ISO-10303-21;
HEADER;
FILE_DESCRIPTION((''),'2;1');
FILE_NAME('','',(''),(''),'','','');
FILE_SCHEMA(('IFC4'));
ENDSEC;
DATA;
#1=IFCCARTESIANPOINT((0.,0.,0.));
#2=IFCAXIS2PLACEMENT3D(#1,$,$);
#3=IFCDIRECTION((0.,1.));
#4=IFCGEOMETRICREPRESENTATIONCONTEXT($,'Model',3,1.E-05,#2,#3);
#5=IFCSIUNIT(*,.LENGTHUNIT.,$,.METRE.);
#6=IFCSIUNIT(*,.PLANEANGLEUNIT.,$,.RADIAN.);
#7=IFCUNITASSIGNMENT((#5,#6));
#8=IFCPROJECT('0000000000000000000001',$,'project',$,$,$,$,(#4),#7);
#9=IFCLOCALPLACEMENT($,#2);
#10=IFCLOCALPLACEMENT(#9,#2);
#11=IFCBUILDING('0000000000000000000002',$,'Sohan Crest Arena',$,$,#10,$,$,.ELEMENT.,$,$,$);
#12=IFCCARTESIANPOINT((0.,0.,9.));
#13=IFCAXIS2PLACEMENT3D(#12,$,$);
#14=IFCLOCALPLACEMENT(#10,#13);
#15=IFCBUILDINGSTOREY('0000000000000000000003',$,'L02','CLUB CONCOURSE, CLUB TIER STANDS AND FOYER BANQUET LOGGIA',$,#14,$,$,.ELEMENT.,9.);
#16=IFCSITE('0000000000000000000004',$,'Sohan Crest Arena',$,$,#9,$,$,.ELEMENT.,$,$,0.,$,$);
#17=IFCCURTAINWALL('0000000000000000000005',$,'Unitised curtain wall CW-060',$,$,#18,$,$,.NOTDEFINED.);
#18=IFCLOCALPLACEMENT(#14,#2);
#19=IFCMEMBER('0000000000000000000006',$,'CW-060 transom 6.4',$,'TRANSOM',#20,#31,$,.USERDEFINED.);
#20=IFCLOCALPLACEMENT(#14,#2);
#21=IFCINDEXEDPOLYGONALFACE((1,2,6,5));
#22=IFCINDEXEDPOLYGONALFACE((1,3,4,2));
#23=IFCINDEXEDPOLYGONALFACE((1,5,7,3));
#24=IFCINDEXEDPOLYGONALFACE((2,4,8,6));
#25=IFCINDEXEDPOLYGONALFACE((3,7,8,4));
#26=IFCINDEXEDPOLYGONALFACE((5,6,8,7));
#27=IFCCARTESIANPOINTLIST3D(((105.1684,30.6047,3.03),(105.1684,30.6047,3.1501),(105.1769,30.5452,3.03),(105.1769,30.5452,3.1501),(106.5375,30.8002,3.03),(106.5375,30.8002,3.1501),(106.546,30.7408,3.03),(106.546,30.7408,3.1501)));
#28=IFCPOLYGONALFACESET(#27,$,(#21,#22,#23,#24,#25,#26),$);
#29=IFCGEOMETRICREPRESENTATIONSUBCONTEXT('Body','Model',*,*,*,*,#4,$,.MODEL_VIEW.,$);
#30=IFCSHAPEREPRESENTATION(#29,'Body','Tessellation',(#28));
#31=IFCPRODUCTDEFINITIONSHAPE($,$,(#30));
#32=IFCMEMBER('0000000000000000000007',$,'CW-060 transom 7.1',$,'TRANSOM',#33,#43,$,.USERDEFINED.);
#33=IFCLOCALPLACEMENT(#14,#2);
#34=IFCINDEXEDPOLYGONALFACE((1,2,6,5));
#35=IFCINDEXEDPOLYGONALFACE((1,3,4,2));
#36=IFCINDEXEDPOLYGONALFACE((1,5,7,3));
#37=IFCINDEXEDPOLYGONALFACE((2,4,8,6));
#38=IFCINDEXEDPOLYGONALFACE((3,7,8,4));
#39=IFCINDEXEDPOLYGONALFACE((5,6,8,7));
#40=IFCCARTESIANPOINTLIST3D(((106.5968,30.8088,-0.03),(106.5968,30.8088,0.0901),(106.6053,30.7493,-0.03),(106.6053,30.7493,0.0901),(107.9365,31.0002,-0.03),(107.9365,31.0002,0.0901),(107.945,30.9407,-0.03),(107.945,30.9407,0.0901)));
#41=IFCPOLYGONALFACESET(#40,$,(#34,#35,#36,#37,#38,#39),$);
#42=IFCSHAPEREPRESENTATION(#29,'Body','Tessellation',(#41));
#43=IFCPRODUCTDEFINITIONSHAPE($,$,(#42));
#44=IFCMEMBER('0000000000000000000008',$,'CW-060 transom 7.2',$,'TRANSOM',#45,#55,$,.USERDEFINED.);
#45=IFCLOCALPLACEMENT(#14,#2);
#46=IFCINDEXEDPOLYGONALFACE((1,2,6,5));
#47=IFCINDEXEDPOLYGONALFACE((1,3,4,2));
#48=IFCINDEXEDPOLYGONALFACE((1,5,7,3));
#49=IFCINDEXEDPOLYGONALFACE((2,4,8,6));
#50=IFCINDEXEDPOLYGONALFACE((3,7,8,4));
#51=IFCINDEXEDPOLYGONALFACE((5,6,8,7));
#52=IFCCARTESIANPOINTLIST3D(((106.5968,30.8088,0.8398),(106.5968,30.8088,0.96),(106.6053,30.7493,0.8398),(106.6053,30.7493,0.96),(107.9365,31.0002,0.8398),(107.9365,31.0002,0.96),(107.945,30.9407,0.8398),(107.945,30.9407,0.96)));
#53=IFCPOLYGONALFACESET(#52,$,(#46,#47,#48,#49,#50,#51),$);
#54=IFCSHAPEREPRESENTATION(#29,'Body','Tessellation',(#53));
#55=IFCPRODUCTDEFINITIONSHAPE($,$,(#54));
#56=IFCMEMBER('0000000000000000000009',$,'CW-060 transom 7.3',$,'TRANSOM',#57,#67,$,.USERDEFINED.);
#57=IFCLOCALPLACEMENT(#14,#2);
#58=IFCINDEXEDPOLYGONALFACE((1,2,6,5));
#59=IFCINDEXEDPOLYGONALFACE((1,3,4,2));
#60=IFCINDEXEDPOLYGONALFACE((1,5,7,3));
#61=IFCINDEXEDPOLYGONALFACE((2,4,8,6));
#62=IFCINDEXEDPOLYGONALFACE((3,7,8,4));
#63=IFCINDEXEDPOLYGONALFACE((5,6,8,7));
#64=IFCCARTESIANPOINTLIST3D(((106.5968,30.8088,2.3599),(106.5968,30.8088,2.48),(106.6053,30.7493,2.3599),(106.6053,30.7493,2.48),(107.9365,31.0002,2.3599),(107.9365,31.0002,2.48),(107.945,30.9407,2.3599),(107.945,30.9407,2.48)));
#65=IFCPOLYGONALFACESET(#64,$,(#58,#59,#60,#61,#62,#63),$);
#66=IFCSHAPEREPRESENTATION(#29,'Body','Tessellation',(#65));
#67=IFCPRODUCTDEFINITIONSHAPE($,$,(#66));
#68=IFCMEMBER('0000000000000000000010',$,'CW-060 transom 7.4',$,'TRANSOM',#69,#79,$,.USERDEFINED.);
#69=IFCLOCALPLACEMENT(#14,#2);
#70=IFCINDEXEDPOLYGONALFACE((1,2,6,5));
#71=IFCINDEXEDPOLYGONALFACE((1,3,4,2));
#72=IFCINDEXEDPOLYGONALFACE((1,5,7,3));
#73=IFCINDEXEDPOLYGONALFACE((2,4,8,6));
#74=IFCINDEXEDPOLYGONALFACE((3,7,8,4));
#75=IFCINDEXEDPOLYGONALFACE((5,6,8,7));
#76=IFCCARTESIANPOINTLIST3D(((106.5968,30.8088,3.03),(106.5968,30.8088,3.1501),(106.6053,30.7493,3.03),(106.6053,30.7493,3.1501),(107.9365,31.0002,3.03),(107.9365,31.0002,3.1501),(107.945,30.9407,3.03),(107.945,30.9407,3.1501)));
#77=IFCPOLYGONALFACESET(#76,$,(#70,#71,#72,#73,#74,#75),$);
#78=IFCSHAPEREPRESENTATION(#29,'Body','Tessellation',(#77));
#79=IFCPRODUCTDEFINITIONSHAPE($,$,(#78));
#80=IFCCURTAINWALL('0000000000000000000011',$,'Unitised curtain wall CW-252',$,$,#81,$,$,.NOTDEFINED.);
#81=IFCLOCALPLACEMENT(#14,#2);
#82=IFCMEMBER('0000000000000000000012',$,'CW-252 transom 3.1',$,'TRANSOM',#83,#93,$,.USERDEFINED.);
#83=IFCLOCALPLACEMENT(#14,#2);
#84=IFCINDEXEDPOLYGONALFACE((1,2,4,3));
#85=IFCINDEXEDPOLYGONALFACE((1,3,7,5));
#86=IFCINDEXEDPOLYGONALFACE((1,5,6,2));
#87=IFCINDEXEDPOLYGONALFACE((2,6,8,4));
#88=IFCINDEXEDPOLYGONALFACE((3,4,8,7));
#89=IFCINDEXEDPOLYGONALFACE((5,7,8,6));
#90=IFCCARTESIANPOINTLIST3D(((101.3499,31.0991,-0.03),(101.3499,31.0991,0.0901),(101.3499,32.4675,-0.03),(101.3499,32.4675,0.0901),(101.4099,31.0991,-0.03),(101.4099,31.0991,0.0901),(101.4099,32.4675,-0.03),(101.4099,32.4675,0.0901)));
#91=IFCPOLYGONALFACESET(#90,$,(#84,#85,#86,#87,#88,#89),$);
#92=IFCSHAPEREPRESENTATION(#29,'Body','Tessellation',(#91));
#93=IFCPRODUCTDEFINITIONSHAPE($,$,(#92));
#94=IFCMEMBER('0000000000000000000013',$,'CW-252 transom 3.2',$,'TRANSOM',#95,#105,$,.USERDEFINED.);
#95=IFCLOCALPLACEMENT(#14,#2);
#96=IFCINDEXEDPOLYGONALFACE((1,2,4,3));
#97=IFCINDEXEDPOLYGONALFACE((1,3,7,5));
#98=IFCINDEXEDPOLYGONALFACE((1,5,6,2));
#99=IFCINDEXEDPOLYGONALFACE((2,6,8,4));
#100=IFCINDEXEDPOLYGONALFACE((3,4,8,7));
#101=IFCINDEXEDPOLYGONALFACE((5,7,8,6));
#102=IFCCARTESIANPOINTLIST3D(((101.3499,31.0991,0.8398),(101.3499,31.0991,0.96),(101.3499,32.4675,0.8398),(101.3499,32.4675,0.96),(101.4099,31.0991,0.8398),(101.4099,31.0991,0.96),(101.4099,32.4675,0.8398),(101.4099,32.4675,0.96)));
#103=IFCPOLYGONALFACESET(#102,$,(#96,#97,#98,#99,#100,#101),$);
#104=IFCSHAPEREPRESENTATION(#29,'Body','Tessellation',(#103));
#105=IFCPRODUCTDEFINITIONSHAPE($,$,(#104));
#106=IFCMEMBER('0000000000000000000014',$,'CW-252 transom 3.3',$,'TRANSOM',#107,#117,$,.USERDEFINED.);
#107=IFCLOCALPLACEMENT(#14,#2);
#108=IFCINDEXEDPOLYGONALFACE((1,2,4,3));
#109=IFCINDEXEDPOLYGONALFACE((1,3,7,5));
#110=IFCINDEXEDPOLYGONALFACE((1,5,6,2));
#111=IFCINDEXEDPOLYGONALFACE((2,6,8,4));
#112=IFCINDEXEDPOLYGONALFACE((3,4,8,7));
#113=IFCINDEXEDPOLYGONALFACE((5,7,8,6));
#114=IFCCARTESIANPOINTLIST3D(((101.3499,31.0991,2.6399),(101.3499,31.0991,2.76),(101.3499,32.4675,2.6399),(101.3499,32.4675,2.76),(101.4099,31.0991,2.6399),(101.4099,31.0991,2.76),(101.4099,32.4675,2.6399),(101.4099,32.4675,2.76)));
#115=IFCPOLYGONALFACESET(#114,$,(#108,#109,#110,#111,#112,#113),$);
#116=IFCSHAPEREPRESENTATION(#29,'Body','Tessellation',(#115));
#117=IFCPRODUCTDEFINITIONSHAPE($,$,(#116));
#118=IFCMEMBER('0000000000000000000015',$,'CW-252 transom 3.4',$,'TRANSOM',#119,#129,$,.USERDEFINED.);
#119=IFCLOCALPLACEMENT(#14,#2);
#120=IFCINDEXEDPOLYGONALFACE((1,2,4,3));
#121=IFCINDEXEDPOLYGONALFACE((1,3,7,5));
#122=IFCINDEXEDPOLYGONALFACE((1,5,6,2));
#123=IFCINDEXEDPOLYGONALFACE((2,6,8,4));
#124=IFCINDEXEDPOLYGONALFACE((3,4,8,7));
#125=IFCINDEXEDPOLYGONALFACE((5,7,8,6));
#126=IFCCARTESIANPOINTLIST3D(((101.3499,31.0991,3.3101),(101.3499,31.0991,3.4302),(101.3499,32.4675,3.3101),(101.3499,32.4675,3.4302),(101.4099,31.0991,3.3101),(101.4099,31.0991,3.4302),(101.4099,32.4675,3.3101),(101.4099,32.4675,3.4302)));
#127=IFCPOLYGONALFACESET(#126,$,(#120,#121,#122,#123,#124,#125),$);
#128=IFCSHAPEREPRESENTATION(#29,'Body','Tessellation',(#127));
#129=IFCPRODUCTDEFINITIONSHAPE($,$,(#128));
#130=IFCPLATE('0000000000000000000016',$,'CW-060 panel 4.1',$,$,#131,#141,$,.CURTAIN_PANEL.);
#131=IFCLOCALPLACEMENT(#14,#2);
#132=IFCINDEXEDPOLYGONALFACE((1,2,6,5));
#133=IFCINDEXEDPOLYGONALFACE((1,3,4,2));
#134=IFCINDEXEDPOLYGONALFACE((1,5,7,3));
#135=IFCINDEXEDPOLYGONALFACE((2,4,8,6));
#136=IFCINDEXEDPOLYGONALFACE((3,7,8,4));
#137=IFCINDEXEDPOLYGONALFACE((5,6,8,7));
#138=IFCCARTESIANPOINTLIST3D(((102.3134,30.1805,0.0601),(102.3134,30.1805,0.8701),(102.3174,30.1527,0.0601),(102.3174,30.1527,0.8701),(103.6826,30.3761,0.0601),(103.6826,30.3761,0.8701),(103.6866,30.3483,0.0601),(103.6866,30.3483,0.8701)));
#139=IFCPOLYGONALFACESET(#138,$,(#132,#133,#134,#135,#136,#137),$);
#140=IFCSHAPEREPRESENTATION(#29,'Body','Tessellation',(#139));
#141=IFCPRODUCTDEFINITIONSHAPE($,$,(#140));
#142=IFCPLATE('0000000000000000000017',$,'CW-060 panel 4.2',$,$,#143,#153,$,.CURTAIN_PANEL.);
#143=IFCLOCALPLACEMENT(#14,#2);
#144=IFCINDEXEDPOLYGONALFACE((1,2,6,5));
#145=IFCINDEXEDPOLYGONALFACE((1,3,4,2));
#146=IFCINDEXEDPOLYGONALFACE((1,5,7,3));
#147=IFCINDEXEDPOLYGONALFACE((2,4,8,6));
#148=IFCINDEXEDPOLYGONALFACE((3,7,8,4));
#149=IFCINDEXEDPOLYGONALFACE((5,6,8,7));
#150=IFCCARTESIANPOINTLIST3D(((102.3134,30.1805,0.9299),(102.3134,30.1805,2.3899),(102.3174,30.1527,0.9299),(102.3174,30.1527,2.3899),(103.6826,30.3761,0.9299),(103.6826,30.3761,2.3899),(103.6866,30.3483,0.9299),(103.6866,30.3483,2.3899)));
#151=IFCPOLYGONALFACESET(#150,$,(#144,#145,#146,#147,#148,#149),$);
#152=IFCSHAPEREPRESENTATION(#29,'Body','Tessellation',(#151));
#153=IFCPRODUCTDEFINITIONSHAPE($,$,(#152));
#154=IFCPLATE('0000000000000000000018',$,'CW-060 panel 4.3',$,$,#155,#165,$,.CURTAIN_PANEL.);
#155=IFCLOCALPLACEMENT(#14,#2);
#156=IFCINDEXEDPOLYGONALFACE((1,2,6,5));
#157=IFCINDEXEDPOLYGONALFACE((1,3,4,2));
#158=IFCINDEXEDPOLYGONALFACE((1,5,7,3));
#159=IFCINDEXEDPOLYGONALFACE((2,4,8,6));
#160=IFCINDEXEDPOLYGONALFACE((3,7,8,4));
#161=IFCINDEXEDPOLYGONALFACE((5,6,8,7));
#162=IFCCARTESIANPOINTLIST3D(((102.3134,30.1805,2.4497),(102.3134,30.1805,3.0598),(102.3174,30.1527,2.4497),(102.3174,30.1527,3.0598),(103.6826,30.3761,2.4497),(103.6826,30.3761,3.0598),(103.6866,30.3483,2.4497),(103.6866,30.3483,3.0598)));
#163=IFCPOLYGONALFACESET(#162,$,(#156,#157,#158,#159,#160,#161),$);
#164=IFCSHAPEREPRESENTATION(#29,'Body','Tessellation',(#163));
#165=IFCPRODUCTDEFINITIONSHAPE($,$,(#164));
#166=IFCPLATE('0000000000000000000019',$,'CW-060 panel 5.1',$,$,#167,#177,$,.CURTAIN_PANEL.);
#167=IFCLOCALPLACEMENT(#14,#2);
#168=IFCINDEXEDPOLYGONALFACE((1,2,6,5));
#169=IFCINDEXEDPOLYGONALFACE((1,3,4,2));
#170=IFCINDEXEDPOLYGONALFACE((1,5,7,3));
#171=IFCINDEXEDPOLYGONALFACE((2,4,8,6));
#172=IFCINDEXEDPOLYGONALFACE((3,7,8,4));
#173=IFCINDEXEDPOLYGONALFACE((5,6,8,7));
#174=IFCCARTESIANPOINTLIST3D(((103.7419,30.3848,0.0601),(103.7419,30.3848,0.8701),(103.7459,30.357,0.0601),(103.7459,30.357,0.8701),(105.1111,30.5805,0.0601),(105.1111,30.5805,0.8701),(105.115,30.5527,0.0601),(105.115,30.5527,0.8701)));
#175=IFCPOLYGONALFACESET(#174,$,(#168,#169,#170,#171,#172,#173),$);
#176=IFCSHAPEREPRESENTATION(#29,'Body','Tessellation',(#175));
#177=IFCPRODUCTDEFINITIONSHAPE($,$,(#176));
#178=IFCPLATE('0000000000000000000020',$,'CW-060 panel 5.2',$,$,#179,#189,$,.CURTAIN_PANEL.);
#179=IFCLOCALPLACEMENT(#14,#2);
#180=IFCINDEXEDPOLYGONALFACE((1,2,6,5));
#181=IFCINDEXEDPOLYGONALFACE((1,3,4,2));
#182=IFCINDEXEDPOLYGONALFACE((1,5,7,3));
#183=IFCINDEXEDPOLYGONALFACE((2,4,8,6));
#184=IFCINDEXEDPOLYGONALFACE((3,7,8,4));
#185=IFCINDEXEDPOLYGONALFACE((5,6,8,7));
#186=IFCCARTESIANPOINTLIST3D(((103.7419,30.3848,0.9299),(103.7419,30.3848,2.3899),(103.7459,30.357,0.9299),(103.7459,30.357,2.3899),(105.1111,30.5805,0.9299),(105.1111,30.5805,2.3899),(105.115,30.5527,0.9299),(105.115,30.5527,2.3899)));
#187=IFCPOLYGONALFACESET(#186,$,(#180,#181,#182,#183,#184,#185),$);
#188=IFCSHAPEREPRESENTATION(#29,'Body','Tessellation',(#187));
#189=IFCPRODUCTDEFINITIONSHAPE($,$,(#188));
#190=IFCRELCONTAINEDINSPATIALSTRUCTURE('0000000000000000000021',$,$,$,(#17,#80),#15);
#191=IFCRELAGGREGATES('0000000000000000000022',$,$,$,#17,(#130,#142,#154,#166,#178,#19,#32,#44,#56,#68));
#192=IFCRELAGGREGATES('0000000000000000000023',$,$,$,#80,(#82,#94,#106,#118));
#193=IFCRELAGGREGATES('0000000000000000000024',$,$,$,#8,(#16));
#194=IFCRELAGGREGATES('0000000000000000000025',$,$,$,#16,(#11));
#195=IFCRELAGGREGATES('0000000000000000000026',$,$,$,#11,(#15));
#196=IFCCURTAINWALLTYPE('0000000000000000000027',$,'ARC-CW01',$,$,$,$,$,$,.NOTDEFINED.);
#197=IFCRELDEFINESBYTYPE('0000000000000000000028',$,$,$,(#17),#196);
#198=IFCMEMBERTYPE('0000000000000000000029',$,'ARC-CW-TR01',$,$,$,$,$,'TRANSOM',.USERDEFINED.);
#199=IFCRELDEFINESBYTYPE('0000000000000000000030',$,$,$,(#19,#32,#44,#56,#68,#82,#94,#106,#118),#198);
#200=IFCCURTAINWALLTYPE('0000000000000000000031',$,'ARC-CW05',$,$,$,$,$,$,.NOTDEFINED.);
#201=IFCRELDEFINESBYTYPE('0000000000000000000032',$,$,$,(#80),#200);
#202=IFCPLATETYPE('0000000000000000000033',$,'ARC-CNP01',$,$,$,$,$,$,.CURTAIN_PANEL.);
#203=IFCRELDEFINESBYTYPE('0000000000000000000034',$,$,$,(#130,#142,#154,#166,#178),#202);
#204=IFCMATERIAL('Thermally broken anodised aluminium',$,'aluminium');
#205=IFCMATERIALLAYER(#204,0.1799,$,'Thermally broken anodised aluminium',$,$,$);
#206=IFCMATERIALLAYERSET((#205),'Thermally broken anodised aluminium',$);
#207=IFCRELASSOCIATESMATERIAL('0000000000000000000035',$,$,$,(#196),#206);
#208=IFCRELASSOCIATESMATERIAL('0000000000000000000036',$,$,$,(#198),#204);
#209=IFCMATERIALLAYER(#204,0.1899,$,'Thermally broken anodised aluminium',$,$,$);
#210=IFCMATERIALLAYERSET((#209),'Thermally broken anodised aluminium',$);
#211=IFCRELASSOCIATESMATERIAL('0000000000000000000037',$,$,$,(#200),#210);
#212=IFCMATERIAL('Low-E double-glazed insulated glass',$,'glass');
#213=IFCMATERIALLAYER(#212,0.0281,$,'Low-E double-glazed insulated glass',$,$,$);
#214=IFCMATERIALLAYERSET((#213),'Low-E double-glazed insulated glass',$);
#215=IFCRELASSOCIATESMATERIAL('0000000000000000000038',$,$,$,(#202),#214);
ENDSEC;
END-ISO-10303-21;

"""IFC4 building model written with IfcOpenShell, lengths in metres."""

from ifc_helpers import new_model, si_unit, direction, frame, origin, origin_2d, place, context, subcontext, project, spatial, rectangle, extrude, material, layer, layer_set, material_profile, profile_set, type_object, element, aggregate, save


model = new_model("IFC4")

# Units and contexts
model_context = context("Model", 3, precision=1e-05, world=origin(), true_north=direction((0.0, 1.0)))
body_context = subcontext(model_context, "Body", "Model", "MODEL_VIEW")
ifc_project = project(units=[si_unit("LENGTHUNIT", "METRE"), si_unit("PLANEANGLEUNIT", "RADIAN")], contexts=[model_context])

# Site, building, storey
site_placement = place(None, origin())
site = spatial("IfcSite", under=ifc_project, at=site_placement, Name="Sohan Crest Arena", CompositionType="ELEMENT", RefElevation=0.0)
building_placement = place(site_placement, origin())
building = spatial("IfcBuilding", under=site, at=building_placement, Name="Sohan Crest Arena", CompositionType="ELEMENT")
storey_placement = place(building_placement, frame((0.0, 0.0, 9.0)))
storey = spatial("IfcBuildingStorey", under=building, at=storey_placement, Name="L02", Description="CLUB CONCOURSE, CLUB TIER STANDS AND FOYER BANQUET LOGGIA", CompositionType="ELEMENT", Elevation=9.0)

# Curtain walls, members
ifc_material_1 = material(Name="Thermally broken anodised aluminium", Category="aluminium")
ifc_layer_1 = layer(ifc_material_1, 0.1799, Name="Thermally broken anodised aluminium")
ifc_layer_set_1 = layer_set([ifc_layer_1], Name="Thermally broken anodised aluminium")
curtain_wall_type_1 = type_object("IfcCurtainWallType", Name="ARC-CW01", PredefinedType="NOTDEFINED", material=ifc_layer_set_1)
curtain_wall_1_placement = place(storey_placement, origin())
curtain_wall_1 = element("IfcCurtainWall", 1, at=curtain_wall_1_placement, inside=storey, type_object=curtain_wall_type_1, Name="Unitised curtain wall CW-060", PredefinedType="NOTDEFINED")
ifc_material_profile_1 = material_profile(ifc_material_1, rectangle(XDim=0.0601, YDim=0.1201, at=origin_2d()), Name="ALU-TRAN 60x120")
ifc_profile_set_1 = profile_set([ifc_material_profile_1], Name="Thermally broken anodised aluminium")
member_type_1 = type_object("IfcMemberType", Name="ARC-CW-TR01", ElementType="TRANSOM", PredefinedType="USERDEFINED", material=ifc_profile_set_1)
member_1_placement = place(storey_placement, frame((105.1726, 30.575, 3.0901), z_axis=(0.989953, 0.141397, 0.0), x_axis=(-0.141397, 0.989953, 0.0)))
member_1 = element("IfcMember", 2, at=member_1_placement, type_object=member_type_1, Name="CW-060 transom 6.4", ObjectType="TRANSOM", PredefinedType="USERDEFINED", context=body_context, shape_type="SweptSolid", body=[
    extrude(rectangle(XDim=0.0601, YDim=0.1201, at=origin_2d()), origin(), (0.0, 0.0, 1.0), 1.3831),
])
member_2_placement = place(storey_placement, frame((106.6011, 30.7791, 0.03), z_axis=(0.989946, 0.141447, 0.0), x_axis=(-0.141447, 0.989946, 0.0)))
member_2 = element("IfcMember", 3, at=member_2_placement, type_object=member_type_1, Name="CW-060 transom 7.1", ObjectType="TRANSOM", PredefinedType="USERDEFINED", context=body_context, shape_type="SweptSolid", body=[
    extrude(rectangle(XDim=0.0601, YDim=0.1201, at=origin_2d()), origin(), (0.0, 0.0, 1.0), 1.3533),
])
member_3_placement = place(storey_placement, frame((106.6011, 30.7791, 0.8999), z_axis=(0.989946, 0.141447, 0.0), x_axis=(-0.141447, 0.989946, 0.0)))
member_3 = element("IfcMember", 4, at=member_3_placement, type_object=member_type_1, Name="CW-060 transom 7.2", ObjectType="TRANSOM", PredefinedType="USERDEFINED", context=body_context, shape_type="SweptSolid", body=[
    extrude(rectangle(XDim=0.0601, YDim=0.1201, at=origin_2d()), origin(), (0.0, 0.0, 1.0), 1.3533),
])
member_4_placement = place(storey_placement, frame((106.6011, 30.7791, 2.4199), z_axis=(0.989946, 0.141447, 0.0), x_axis=(-0.141447, 0.989946, 0.0)))
member_4 = element("IfcMember", 5, at=member_4_placement, type_object=member_type_1, Name="CW-060 transom 7.3", ObjectType="TRANSOM", PredefinedType="USERDEFINED", context=body_context, shape_type="SweptSolid", body=[
    extrude(rectangle(XDim=0.0601, YDim=0.1201, at=origin_2d()), origin(), (0.0, 0.0, 1.0), 1.3533),
])
member_5_placement = place(storey_placement, frame((106.6011, 30.7791, 3.0901), z_axis=(0.989946, 0.141447, 0.0), x_axis=(-0.141447, 0.989946, 0.0)))
member_5 = element("IfcMember", 6, at=member_5_placement, type_object=member_type_1, Name="CW-060 transom 7.4", ObjectType="TRANSOM", PredefinedType="USERDEFINED", context=body_context, shape_type="SweptSolid", body=[
    extrude(rectangle(XDim=0.0601, YDim=0.1201, at=origin_2d()), origin(), (0.0, 0.0, 1.0), 1.3533),
])
ifc_layer_2 = layer(ifc_material_1, 0.1899, Name="Thermally broken anodised aluminium")
ifc_layer_set_2 = layer_set([ifc_layer_2], Name="Thermally broken anodised aluminium")
curtain_wall_type_2 = type_object("IfcCurtainWallType", Name="ARC-CW05", PredefinedType="NOTDEFINED", material=ifc_layer_set_2)
curtain_wall_2_placement = place(storey_placement, origin())
curtain_wall_2 = element("IfcCurtainWall", 7, at=curtain_wall_2_placement, inside=storey, type_object=curtain_wall_type_2, Name="Unitised curtain wall CW-252", PredefinedType="NOTDEFINED")
member_6_placement = place(storey_placement, frame((101.3799, 31.0991, 0.03), z_axis=(0.0, 1.0, 0.0), x_axis=(-1.0, 0.0, 0.0)))
member_6 = element("IfcMember", 8, at=member_6_placement, type_object=member_type_1, Name="CW-252 transom 3.1", ObjectType="TRANSOM", PredefinedType="USERDEFINED", context=body_context, shape_type="SweptSolid", body=[
    extrude(rectangle(XDim=0.0601, YDim=0.1201, at=origin_2d()), origin(), (0.0, 0.0, 1.0), 1.3684),
])
member_7_placement = place(storey_placement, frame((101.3799, 31.0991, 0.8999), z_axis=(0.0, 1.0, 0.0), x_axis=(-1.0, 0.0, 0.0)))
member_7 = element("IfcMember", 9, at=member_7_placement, type_object=member_type_1, Name="CW-252 transom 3.2", ObjectType="TRANSOM", PredefinedType="USERDEFINED", context=body_context, shape_type="SweptSolid", body=[
    extrude(rectangle(XDim=0.0601, YDim=0.1201, at=origin_2d()), origin(), (0.0, 0.0, 1.0), 1.3684),
])
member_8_placement = place(storey_placement, frame((101.3799, 31.0991, 2.7), z_axis=(0.0, 1.0, 0.0), x_axis=(-1.0, 0.0, 0.0)))
member_8 = element("IfcMember", 10, at=member_8_placement, type_object=member_type_1, Name="CW-252 transom 3.3", ObjectType="TRANSOM", PredefinedType="USERDEFINED", context=body_context, shape_type="SweptSolid", body=[
    extrude(rectangle(XDim=0.0601, YDim=0.1201, at=origin_2d()), origin(), (0.0, 0.0, 1.0), 1.3684),
])
member_9_placement = place(storey_placement, frame((101.3799, 31.0991, 3.3701), z_axis=(0.0, 1.0, 0.0), x_axis=(-1.0, 0.0, 0.0)))
member_9 = element("IfcMember", 11, at=member_9_placement, type_object=member_type_1, Name="CW-252 transom 3.4", ObjectType="TRANSOM", PredefinedType="USERDEFINED", context=body_context, shape_type="SweptSolid", body=[
    extrude(rectangle(XDim=0.0601, YDim=0.1201, at=origin_2d()), origin(), (0.0, 0.0, 1.0), 1.3684),
])

# Plates
ifc_material_2 = material(Name="Low-E double-glazed insulated glass", Category="glass")
ifc_layer_3 = layer(ifc_material_2, 0.0281, Name="Low-E double-glazed insulated glass")
ifc_layer_set_3 = layer_set([ifc_layer_3], Name="Low-E double-glazed insulated glass")
plate_type = type_object("IfcPlateType", Name="ARC-CNP01", PredefinedType="CURTAIN_PANEL", material=ifc_layer_set_3)
plate_1_placement = place(storey_placement, frame((103.0, 30.2644, 0.0601), z_axis=(0.0, 0.0, 1.0), x_axis=(0.989944, 0.141463, 0.0)))
plate_1 = element("IfcPlate", 12, at=plate_1_placement, type_object=plate_type, Name="CW-060 panel 4.1", PredefinedType="CURTAIN_PANEL", context=body_context, shape_type="SweptSolid", body=[
    extrude(rectangle(XDim=1.3831, YDim=0.0281, at=origin_2d()), origin(), (0.0, 0.0, 1.0), 0.8101),
])
plate_2_placement = place(storey_placement, frame((103.0, 30.2644, 0.9299), z_axis=(0.0, 0.0, 1.0), x_axis=(0.989944, 0.141463, 0.0)))
plate_2 = element("IfcPlate", 13, at=plate_2_placement, type_object=plate_type, Name="CW-060 panel 4.2", PredefinedType="CURTAIN_PANEL", context=body_context, shape_type="SweptSolid", body=[
    extrude(rectangle(XDim=1.3831, YDim=0.0281, at=origin_2d()), origin(), (0.0, 0.0, 1.0), 1.46),
])
plate_3_placement = place(storey_placement, frame((103.0, 30.2644, 2.4497), z_axis=(0.0, 0.0, 1.0), x_axis=(0.989944, 0.141463, 0.0)))
plate_3 = element("IfcPlate", 14, at=plate_3_placement, type_object=plate_type, Name="CW-060 panel 4.3", PredefinedType="CURTAIN_PANEL", context=body_context, shape_type="SweptSolid", body=[
    extrude(rectangle(XDim=1.3831, YDim=0.0281, at=origin_2d()), origin(), (0.0, 0.0, 1.0), 0.6101),
])
plate_4_placement = place(storey_placement, frame((104.4285, 30.4688, 0.0601), z_axis=(0.0, 0.0, 1.0), x_axis=(0.989944, 0.141463, 0.0)))
plate_4 = element("IfcPlate", 15, at=plate_4_placement, type_object=plate_type, Name="CW-060 panel 5.1", PredefinedType="CURTAIN_PANEL", context=body_context, shape_type="SweptSolid", body=[
    extrude(rectangle(XDim=1.3831, YDim=0.0281, at=origin_2d()), origin(), (0.0, 0.0, 1.0), 0.8101),
])
plate_5_placement = place(storey_placement, frame((104.4285, 30.4688, 0.9299), z_axis=(0.0, 0.0, 1.0), x_axis=(0.989944, 0.141463, 0.0)))
plate_5 = element("IfcPlate", 16, at=plate_5_placement, type_object=plate_type, Name="CW-060 panel 5.2", PredefinedType="CURTAIN_PANEL", context=body_context, shape_type="SweptSolid", body=[
    extrude(rectangle(XDim=1.3831, YDim=0.0281, at=origin_2d()), origin(), (0.0, 0.0, 1.0), 1.46),
])
aggregate(curtain_wall_1, [plate_1, plate_2, plate_3, plate_4, plate_5, member_1, member_2, member_3, member_4, member_5])
aggregate(curtain_wall_2, [member_6, member_7, member_8, member_9])

save(model, "model.ifc")
